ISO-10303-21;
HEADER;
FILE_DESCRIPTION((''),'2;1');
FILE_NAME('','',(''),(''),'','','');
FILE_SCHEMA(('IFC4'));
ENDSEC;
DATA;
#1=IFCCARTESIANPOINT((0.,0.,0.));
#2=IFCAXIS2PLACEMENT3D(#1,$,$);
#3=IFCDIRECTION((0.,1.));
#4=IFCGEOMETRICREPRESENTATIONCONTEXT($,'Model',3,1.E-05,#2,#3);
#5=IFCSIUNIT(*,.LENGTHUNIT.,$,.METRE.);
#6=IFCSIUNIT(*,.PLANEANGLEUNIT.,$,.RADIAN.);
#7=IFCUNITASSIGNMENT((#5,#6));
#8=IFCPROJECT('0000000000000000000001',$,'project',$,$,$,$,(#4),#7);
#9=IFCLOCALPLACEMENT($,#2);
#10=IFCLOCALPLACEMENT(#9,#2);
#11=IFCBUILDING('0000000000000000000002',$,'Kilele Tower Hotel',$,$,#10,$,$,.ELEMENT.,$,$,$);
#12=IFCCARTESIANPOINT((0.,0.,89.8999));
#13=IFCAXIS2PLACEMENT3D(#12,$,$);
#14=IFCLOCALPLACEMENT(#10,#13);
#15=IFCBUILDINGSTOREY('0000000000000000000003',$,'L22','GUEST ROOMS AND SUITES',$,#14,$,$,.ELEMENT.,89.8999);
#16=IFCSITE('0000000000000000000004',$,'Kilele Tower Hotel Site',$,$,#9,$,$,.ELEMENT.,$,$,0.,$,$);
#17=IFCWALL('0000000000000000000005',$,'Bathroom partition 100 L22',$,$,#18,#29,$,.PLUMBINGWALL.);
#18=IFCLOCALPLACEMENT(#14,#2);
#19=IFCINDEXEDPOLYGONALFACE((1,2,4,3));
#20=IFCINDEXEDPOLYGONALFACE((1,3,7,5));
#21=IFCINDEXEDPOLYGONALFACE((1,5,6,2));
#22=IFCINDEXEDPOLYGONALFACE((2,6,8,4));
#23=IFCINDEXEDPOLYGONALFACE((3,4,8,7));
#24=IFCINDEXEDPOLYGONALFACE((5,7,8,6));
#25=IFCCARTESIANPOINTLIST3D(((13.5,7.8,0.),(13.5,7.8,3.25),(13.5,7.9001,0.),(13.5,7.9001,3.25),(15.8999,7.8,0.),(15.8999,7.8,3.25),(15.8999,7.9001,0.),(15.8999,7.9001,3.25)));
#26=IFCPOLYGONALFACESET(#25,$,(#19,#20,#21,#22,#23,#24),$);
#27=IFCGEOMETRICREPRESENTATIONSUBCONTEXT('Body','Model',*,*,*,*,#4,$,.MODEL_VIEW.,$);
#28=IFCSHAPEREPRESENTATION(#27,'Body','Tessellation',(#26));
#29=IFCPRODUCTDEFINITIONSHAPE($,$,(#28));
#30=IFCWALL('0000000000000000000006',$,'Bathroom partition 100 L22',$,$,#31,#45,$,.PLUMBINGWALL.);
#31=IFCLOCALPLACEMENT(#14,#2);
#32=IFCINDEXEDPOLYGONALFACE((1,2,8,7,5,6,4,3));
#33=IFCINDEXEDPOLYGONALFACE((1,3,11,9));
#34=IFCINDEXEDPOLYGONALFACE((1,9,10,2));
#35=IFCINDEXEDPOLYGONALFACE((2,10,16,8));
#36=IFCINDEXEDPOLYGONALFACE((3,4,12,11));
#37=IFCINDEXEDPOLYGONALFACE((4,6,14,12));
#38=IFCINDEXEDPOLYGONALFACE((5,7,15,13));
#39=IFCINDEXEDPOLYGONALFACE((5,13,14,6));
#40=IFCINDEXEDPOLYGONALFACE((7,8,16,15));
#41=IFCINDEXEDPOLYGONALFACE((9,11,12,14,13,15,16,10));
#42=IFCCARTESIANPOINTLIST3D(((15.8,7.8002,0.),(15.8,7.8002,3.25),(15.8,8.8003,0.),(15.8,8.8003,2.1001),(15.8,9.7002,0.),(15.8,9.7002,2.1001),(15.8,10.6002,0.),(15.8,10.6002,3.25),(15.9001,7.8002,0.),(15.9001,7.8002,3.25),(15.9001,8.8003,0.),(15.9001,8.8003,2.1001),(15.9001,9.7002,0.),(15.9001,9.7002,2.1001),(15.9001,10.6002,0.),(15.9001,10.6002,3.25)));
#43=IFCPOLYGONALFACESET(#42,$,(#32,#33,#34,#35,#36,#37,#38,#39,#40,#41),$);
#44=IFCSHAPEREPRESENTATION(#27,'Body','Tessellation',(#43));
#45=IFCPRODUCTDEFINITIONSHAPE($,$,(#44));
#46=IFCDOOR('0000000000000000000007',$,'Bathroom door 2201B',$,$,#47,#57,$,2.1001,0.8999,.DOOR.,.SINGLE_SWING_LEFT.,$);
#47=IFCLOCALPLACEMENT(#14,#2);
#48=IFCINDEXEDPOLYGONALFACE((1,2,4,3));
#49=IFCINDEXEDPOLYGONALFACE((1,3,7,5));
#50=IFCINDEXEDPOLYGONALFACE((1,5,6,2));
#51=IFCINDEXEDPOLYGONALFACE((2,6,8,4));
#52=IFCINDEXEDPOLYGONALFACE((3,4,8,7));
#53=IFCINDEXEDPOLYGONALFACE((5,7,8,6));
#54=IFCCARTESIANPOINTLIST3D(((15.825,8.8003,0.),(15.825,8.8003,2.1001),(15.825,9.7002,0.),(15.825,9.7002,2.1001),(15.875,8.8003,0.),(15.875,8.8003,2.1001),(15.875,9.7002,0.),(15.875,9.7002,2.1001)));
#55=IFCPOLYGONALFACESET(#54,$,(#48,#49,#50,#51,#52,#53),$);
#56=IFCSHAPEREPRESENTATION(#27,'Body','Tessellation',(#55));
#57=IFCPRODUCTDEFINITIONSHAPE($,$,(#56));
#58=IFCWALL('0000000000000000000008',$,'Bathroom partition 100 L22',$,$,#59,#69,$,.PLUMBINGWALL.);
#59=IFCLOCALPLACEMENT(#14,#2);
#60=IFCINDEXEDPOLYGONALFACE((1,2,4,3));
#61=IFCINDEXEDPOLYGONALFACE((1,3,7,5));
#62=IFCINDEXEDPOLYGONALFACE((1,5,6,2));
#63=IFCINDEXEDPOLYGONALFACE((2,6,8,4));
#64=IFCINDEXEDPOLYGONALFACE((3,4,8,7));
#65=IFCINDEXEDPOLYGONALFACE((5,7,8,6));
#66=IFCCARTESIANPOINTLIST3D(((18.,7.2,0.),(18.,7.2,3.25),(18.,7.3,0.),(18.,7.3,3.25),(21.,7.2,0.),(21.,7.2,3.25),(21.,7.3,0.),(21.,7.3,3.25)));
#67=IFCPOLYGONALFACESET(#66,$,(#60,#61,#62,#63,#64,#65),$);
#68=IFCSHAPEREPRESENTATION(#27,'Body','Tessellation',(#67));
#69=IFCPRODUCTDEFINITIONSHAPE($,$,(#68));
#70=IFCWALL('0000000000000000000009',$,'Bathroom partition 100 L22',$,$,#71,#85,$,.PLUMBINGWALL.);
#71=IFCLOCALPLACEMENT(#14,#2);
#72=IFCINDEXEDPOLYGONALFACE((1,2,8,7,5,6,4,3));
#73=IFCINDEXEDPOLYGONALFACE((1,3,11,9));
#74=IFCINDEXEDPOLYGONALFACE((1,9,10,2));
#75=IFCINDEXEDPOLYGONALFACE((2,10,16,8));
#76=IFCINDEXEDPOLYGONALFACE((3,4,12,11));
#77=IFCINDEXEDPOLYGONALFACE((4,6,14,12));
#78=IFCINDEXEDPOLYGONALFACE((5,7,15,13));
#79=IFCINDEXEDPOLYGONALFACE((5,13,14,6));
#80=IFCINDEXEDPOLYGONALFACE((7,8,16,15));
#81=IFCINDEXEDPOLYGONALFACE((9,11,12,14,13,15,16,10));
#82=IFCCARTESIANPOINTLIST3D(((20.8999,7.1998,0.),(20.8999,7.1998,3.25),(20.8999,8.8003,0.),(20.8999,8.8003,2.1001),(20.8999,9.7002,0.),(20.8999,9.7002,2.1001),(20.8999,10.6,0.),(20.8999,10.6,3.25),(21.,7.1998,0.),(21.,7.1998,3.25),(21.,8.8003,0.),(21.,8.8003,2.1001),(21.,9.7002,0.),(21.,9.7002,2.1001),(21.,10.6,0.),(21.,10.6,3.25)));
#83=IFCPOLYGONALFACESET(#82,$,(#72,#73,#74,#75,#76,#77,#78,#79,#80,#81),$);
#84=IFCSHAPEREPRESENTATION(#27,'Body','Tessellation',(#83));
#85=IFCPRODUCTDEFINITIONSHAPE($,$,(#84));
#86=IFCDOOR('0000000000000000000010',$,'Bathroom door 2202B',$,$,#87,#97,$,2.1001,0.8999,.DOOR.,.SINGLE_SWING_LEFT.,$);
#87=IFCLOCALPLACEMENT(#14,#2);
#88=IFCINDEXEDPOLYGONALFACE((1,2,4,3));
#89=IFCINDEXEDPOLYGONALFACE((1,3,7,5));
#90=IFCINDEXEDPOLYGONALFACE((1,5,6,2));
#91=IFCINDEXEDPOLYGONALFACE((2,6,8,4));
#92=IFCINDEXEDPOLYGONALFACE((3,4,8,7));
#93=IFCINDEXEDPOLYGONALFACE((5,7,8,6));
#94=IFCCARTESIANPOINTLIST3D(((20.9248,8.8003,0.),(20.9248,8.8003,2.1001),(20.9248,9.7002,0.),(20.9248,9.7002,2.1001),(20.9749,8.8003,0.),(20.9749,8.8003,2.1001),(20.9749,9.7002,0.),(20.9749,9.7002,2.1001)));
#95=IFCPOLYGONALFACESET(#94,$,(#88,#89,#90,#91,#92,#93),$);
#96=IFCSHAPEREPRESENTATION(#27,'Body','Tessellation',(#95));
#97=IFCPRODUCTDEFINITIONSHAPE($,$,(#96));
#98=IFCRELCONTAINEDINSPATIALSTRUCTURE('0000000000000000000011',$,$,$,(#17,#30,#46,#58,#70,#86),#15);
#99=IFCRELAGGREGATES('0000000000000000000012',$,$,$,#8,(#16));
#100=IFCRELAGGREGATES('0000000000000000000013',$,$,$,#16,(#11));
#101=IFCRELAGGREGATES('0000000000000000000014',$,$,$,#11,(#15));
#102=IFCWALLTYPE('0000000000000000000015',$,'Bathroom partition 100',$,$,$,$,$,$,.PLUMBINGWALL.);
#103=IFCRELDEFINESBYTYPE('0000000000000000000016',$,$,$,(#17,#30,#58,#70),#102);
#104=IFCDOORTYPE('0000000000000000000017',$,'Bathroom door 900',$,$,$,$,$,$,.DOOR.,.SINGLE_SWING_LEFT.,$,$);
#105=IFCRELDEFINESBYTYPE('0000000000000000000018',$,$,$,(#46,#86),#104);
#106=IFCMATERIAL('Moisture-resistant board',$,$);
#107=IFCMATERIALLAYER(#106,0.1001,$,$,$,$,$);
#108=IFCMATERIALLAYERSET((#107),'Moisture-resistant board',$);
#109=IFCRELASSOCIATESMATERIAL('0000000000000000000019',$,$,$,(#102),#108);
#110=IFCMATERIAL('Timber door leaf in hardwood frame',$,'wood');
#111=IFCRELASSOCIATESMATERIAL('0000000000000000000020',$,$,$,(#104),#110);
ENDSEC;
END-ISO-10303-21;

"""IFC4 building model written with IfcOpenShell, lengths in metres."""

from ifc_helpers import new_model, si_unit, direction, frame, frame_2d, origin, place, context, subcontext, project, spatial, rectangle, extrude, material, layer, layer_set, type_object, element, fill, save


model = new_model("IFC4")

# Units and contexts
model_context = context("Model", 3, precision=1e-05, world=origin(), true_north=direction((0.0, 1.0)))
body_context = subcontext(model_context, "Body", "Model", "MODEL_VIEW")
ifc_project = project(units=[si_unit("LENGTHUNIT", "METRE"), si_unit("PLANEANGLEUNIT", "RADIAN")], contexts=[model_context])

# Site, building, storey
site_placement = place(None, origin())
site = spatial("IfcSite", under=ifc_project, at=site_placement, Name="Kilele Tower Hotel Site", CompositionType="ELEMENT", RefElevation=0.0)
building_placement = place(site_placement, origin())
building = spatial("IfcBuilding", under=site, at=building_placement, Name="Kilele Tower Hotel", CompositionType="ELEMENT")
storey_placement = place(building_placement, frame((0.0, 0.0, 89.8999)))
storey = spatial("IfcBuildingStorey", under=building, at=storey_placement, Name="L22", Description="GUEST ROOMS AND SUITES", CompositionType="ELEMENT", Elevation=89.8999)

# Wall
ifc_material_1 = material(Name="Moisture-resistant board")
ifc_layer_1 = layer(ifc_material_1, 0.1001)
ifc_layer_set_1 = layer_set([ifc_layer_1], Name="Moisture-resistant board")
wall_type_1 = type_object("IfcWallType", Name="Bathroom partition 100", PredefinedType="PLUMBINGWALL", material=ifc_layer_set_1)
wall_1_placement = place(storey_placement, frame((13.5, 7.8501, 0.0), z_axis=(0.0, 0.0, 1.0), x_axis=(1.0, 0.0, 0.0)))
element("IfcWall", 1, at=wall_1_placement, inside=storey, type_object=wall_type_1, Name="Bathroom partition 100 L22", PredefinedType="PLUMBINGWALL", context=body_context, shape_type="SweptSolid", body=[
    extrude(rectangle(XDim=2.3999, YDim=0.1001, at=frame_2d((1.2, 0.0))), origin(), (0.0, 0.0, 1.0), 3.25),
])

# Wall, opening, door
wall_2_placement = place(storey_placement, frame((15.8501, 10.6001, 0.0), z_axis=(0.0, 0.0, 1.0), x_axis=(0.0, -1.0, 0.0)))
wall_2 = element("IfcWall", 2, at=wall_2_placement, inside=storey, type_object=wall_type_1, Name="Bathroom partition 100 L22", PredefinedType="PLUMBINGWALL", context=body_context, shape_type="SweptSolid", body=[
    extrude(rectangle(XDim=2.8, YDim=0.1001, at=frame_2d((1.3999, 0.0))), origin(), (0.0, 0.0, 1.0), 3.25),
])
opening_1_placement = place(wall_2_placement, frame((0.8999, 0.0, 0.0)))
opening_1 = element("IfcOpeningElement", 3, at=opening_1_placement, cuts=wall_2, PredefinedType="OPENING", context=body_context, shape_type="SweptSolid", body=[
    extrude(rectangle(XDim=0.8999, YDim=2.1001, at=frame_2d((0.45, 1.05))), frame((0.0, 0.0601, 0.0), z_axis=(0.0, -1.0, 0.0), x_axis=(1.0, 0.0, 0.0)), (0.0, 0.0, 1.0), 0.1201),
])
ifc_material_2 = material(Name="Timber door leaf in hardwood frame", Category="wood")
door_type_1 = type_object("IfcDoorType", Name="Bathroom door 900", OperationType="SINGLE_SWING_LEFT", PredefinedType="DOOR", material=ifc_material_2)
door_1_placement = place(opening_1_placement, origin())
door_1 = element("IfcDoor", 4, at=door_1_placement, inside=storey, type_object=door_type_1, Name="Bathroom door 2201B", OperationType="SINGLE_SWING_LEFT", OverallHeight=2.1001, OverallWidth=0.8999, PredefinedType="DOOR", context=body_context, shape_type="SweptSolid", body=[
    extrude(rectangle(XDim=0.8999, YDim=2.1001, at=frame_2d((0.45, 1.05))), frame((0.0, 0.0249, 0.0), z_axis=(0.0, -1.0, 0.0), x_axis=(1.0, 0.0, 0.0)), (0.0, 0.0, 1.0), 0.05),
])
fill(opening_1, door_1)

# Wall
wall_3_placement = place(storey_placement, frame((18.0, 7.25, 0.0), z_axis=(0.0, 0.0, 1.0), x_axis=(1.0, 0.0, 0.0)))
element("IfcWall", 5, at=wall_3_placement, inside=storey, type_object=wall_type_1, Name="Bathroom partition 100 L22", PredefinedType="PLUMBINGWALL", context=body_context, shape_type="SweptSolid", body=[
    extrude(rectangle(XDim=3.0, YDim=0.1001, at=frame_2d((1.5, 0.0))), origin(), (0.0, 0.0, 1.0), 3.25),
])

# Wall, opening, door
wall_4_placement = place(storey_placement, frame((20.95, 10.6001, 0.0), z_axis=(0.0, 0.0, 1.0), x_axis=(0.0, -1.0, 0.0)))
wall_4 = element("IfcWall", 6, at=wall_4_placement, inside=storey, type_object=wall_type_1, Name="Bathroom partition 100 L22", PredefinedType="PLUMBINGWALL", context=body_context, shape_type="SweptSolid", body=[
    extrude(rectangle(XDim=3.4001, YDim=0.1001, at=frame_2d((1.7002, 0.0))), origin(), (0.0, 0.0, 1.0), 3.25),
])
opening_2_placement = place(wall_4_placement, frame((0.8999, 0.0, 0.0)))
opening_2 = element("IfcOpeningElement", 7, at=opening_2_placement, cuts=wall_4, PredefinedType="OPENING", context=body_context, shape_type="SweptSolid", body=[
    extrude(rectangle(XDim=0.8999, YDim=2.1001, at=frame_2d((0.45, 1.05))), frame((0.0, 0.0601, 0.0), z_axis=(0.0, -1.0, 0.0), x_axis=(1.0, 0.0, 0.0)), (0.0, 0.0, 1.0), 0.1201),
])
door_2_placement = place(opening_2_placement, origin())
door_2 = element("IfcDoor", 8, at=door_2_placement, inside=storey, type_object=door_type_1, Name="Bathroom door 2202B", OperationType="SINGLE_SWING_LEFT", OverallHeight=2.1001, OverallWidth=0.8999, PredefinedType="DOOR", context=body_context, shape_type="SweptSolid", body=[
    extrude(rectangle(XDim=0.8999, YDim=2.1001, at=frame_2d((0.45, 1.05))), frame((0.0, 0.0249, 0.0), z_axis=(0.0, -1.0, 0.0), x_axis=(1.0, 0.0, 0.0)), (0.0, 0.0, 1.0), 0.05),
])
fill(opening_2, door_2)

save(model, "model.ifc")
